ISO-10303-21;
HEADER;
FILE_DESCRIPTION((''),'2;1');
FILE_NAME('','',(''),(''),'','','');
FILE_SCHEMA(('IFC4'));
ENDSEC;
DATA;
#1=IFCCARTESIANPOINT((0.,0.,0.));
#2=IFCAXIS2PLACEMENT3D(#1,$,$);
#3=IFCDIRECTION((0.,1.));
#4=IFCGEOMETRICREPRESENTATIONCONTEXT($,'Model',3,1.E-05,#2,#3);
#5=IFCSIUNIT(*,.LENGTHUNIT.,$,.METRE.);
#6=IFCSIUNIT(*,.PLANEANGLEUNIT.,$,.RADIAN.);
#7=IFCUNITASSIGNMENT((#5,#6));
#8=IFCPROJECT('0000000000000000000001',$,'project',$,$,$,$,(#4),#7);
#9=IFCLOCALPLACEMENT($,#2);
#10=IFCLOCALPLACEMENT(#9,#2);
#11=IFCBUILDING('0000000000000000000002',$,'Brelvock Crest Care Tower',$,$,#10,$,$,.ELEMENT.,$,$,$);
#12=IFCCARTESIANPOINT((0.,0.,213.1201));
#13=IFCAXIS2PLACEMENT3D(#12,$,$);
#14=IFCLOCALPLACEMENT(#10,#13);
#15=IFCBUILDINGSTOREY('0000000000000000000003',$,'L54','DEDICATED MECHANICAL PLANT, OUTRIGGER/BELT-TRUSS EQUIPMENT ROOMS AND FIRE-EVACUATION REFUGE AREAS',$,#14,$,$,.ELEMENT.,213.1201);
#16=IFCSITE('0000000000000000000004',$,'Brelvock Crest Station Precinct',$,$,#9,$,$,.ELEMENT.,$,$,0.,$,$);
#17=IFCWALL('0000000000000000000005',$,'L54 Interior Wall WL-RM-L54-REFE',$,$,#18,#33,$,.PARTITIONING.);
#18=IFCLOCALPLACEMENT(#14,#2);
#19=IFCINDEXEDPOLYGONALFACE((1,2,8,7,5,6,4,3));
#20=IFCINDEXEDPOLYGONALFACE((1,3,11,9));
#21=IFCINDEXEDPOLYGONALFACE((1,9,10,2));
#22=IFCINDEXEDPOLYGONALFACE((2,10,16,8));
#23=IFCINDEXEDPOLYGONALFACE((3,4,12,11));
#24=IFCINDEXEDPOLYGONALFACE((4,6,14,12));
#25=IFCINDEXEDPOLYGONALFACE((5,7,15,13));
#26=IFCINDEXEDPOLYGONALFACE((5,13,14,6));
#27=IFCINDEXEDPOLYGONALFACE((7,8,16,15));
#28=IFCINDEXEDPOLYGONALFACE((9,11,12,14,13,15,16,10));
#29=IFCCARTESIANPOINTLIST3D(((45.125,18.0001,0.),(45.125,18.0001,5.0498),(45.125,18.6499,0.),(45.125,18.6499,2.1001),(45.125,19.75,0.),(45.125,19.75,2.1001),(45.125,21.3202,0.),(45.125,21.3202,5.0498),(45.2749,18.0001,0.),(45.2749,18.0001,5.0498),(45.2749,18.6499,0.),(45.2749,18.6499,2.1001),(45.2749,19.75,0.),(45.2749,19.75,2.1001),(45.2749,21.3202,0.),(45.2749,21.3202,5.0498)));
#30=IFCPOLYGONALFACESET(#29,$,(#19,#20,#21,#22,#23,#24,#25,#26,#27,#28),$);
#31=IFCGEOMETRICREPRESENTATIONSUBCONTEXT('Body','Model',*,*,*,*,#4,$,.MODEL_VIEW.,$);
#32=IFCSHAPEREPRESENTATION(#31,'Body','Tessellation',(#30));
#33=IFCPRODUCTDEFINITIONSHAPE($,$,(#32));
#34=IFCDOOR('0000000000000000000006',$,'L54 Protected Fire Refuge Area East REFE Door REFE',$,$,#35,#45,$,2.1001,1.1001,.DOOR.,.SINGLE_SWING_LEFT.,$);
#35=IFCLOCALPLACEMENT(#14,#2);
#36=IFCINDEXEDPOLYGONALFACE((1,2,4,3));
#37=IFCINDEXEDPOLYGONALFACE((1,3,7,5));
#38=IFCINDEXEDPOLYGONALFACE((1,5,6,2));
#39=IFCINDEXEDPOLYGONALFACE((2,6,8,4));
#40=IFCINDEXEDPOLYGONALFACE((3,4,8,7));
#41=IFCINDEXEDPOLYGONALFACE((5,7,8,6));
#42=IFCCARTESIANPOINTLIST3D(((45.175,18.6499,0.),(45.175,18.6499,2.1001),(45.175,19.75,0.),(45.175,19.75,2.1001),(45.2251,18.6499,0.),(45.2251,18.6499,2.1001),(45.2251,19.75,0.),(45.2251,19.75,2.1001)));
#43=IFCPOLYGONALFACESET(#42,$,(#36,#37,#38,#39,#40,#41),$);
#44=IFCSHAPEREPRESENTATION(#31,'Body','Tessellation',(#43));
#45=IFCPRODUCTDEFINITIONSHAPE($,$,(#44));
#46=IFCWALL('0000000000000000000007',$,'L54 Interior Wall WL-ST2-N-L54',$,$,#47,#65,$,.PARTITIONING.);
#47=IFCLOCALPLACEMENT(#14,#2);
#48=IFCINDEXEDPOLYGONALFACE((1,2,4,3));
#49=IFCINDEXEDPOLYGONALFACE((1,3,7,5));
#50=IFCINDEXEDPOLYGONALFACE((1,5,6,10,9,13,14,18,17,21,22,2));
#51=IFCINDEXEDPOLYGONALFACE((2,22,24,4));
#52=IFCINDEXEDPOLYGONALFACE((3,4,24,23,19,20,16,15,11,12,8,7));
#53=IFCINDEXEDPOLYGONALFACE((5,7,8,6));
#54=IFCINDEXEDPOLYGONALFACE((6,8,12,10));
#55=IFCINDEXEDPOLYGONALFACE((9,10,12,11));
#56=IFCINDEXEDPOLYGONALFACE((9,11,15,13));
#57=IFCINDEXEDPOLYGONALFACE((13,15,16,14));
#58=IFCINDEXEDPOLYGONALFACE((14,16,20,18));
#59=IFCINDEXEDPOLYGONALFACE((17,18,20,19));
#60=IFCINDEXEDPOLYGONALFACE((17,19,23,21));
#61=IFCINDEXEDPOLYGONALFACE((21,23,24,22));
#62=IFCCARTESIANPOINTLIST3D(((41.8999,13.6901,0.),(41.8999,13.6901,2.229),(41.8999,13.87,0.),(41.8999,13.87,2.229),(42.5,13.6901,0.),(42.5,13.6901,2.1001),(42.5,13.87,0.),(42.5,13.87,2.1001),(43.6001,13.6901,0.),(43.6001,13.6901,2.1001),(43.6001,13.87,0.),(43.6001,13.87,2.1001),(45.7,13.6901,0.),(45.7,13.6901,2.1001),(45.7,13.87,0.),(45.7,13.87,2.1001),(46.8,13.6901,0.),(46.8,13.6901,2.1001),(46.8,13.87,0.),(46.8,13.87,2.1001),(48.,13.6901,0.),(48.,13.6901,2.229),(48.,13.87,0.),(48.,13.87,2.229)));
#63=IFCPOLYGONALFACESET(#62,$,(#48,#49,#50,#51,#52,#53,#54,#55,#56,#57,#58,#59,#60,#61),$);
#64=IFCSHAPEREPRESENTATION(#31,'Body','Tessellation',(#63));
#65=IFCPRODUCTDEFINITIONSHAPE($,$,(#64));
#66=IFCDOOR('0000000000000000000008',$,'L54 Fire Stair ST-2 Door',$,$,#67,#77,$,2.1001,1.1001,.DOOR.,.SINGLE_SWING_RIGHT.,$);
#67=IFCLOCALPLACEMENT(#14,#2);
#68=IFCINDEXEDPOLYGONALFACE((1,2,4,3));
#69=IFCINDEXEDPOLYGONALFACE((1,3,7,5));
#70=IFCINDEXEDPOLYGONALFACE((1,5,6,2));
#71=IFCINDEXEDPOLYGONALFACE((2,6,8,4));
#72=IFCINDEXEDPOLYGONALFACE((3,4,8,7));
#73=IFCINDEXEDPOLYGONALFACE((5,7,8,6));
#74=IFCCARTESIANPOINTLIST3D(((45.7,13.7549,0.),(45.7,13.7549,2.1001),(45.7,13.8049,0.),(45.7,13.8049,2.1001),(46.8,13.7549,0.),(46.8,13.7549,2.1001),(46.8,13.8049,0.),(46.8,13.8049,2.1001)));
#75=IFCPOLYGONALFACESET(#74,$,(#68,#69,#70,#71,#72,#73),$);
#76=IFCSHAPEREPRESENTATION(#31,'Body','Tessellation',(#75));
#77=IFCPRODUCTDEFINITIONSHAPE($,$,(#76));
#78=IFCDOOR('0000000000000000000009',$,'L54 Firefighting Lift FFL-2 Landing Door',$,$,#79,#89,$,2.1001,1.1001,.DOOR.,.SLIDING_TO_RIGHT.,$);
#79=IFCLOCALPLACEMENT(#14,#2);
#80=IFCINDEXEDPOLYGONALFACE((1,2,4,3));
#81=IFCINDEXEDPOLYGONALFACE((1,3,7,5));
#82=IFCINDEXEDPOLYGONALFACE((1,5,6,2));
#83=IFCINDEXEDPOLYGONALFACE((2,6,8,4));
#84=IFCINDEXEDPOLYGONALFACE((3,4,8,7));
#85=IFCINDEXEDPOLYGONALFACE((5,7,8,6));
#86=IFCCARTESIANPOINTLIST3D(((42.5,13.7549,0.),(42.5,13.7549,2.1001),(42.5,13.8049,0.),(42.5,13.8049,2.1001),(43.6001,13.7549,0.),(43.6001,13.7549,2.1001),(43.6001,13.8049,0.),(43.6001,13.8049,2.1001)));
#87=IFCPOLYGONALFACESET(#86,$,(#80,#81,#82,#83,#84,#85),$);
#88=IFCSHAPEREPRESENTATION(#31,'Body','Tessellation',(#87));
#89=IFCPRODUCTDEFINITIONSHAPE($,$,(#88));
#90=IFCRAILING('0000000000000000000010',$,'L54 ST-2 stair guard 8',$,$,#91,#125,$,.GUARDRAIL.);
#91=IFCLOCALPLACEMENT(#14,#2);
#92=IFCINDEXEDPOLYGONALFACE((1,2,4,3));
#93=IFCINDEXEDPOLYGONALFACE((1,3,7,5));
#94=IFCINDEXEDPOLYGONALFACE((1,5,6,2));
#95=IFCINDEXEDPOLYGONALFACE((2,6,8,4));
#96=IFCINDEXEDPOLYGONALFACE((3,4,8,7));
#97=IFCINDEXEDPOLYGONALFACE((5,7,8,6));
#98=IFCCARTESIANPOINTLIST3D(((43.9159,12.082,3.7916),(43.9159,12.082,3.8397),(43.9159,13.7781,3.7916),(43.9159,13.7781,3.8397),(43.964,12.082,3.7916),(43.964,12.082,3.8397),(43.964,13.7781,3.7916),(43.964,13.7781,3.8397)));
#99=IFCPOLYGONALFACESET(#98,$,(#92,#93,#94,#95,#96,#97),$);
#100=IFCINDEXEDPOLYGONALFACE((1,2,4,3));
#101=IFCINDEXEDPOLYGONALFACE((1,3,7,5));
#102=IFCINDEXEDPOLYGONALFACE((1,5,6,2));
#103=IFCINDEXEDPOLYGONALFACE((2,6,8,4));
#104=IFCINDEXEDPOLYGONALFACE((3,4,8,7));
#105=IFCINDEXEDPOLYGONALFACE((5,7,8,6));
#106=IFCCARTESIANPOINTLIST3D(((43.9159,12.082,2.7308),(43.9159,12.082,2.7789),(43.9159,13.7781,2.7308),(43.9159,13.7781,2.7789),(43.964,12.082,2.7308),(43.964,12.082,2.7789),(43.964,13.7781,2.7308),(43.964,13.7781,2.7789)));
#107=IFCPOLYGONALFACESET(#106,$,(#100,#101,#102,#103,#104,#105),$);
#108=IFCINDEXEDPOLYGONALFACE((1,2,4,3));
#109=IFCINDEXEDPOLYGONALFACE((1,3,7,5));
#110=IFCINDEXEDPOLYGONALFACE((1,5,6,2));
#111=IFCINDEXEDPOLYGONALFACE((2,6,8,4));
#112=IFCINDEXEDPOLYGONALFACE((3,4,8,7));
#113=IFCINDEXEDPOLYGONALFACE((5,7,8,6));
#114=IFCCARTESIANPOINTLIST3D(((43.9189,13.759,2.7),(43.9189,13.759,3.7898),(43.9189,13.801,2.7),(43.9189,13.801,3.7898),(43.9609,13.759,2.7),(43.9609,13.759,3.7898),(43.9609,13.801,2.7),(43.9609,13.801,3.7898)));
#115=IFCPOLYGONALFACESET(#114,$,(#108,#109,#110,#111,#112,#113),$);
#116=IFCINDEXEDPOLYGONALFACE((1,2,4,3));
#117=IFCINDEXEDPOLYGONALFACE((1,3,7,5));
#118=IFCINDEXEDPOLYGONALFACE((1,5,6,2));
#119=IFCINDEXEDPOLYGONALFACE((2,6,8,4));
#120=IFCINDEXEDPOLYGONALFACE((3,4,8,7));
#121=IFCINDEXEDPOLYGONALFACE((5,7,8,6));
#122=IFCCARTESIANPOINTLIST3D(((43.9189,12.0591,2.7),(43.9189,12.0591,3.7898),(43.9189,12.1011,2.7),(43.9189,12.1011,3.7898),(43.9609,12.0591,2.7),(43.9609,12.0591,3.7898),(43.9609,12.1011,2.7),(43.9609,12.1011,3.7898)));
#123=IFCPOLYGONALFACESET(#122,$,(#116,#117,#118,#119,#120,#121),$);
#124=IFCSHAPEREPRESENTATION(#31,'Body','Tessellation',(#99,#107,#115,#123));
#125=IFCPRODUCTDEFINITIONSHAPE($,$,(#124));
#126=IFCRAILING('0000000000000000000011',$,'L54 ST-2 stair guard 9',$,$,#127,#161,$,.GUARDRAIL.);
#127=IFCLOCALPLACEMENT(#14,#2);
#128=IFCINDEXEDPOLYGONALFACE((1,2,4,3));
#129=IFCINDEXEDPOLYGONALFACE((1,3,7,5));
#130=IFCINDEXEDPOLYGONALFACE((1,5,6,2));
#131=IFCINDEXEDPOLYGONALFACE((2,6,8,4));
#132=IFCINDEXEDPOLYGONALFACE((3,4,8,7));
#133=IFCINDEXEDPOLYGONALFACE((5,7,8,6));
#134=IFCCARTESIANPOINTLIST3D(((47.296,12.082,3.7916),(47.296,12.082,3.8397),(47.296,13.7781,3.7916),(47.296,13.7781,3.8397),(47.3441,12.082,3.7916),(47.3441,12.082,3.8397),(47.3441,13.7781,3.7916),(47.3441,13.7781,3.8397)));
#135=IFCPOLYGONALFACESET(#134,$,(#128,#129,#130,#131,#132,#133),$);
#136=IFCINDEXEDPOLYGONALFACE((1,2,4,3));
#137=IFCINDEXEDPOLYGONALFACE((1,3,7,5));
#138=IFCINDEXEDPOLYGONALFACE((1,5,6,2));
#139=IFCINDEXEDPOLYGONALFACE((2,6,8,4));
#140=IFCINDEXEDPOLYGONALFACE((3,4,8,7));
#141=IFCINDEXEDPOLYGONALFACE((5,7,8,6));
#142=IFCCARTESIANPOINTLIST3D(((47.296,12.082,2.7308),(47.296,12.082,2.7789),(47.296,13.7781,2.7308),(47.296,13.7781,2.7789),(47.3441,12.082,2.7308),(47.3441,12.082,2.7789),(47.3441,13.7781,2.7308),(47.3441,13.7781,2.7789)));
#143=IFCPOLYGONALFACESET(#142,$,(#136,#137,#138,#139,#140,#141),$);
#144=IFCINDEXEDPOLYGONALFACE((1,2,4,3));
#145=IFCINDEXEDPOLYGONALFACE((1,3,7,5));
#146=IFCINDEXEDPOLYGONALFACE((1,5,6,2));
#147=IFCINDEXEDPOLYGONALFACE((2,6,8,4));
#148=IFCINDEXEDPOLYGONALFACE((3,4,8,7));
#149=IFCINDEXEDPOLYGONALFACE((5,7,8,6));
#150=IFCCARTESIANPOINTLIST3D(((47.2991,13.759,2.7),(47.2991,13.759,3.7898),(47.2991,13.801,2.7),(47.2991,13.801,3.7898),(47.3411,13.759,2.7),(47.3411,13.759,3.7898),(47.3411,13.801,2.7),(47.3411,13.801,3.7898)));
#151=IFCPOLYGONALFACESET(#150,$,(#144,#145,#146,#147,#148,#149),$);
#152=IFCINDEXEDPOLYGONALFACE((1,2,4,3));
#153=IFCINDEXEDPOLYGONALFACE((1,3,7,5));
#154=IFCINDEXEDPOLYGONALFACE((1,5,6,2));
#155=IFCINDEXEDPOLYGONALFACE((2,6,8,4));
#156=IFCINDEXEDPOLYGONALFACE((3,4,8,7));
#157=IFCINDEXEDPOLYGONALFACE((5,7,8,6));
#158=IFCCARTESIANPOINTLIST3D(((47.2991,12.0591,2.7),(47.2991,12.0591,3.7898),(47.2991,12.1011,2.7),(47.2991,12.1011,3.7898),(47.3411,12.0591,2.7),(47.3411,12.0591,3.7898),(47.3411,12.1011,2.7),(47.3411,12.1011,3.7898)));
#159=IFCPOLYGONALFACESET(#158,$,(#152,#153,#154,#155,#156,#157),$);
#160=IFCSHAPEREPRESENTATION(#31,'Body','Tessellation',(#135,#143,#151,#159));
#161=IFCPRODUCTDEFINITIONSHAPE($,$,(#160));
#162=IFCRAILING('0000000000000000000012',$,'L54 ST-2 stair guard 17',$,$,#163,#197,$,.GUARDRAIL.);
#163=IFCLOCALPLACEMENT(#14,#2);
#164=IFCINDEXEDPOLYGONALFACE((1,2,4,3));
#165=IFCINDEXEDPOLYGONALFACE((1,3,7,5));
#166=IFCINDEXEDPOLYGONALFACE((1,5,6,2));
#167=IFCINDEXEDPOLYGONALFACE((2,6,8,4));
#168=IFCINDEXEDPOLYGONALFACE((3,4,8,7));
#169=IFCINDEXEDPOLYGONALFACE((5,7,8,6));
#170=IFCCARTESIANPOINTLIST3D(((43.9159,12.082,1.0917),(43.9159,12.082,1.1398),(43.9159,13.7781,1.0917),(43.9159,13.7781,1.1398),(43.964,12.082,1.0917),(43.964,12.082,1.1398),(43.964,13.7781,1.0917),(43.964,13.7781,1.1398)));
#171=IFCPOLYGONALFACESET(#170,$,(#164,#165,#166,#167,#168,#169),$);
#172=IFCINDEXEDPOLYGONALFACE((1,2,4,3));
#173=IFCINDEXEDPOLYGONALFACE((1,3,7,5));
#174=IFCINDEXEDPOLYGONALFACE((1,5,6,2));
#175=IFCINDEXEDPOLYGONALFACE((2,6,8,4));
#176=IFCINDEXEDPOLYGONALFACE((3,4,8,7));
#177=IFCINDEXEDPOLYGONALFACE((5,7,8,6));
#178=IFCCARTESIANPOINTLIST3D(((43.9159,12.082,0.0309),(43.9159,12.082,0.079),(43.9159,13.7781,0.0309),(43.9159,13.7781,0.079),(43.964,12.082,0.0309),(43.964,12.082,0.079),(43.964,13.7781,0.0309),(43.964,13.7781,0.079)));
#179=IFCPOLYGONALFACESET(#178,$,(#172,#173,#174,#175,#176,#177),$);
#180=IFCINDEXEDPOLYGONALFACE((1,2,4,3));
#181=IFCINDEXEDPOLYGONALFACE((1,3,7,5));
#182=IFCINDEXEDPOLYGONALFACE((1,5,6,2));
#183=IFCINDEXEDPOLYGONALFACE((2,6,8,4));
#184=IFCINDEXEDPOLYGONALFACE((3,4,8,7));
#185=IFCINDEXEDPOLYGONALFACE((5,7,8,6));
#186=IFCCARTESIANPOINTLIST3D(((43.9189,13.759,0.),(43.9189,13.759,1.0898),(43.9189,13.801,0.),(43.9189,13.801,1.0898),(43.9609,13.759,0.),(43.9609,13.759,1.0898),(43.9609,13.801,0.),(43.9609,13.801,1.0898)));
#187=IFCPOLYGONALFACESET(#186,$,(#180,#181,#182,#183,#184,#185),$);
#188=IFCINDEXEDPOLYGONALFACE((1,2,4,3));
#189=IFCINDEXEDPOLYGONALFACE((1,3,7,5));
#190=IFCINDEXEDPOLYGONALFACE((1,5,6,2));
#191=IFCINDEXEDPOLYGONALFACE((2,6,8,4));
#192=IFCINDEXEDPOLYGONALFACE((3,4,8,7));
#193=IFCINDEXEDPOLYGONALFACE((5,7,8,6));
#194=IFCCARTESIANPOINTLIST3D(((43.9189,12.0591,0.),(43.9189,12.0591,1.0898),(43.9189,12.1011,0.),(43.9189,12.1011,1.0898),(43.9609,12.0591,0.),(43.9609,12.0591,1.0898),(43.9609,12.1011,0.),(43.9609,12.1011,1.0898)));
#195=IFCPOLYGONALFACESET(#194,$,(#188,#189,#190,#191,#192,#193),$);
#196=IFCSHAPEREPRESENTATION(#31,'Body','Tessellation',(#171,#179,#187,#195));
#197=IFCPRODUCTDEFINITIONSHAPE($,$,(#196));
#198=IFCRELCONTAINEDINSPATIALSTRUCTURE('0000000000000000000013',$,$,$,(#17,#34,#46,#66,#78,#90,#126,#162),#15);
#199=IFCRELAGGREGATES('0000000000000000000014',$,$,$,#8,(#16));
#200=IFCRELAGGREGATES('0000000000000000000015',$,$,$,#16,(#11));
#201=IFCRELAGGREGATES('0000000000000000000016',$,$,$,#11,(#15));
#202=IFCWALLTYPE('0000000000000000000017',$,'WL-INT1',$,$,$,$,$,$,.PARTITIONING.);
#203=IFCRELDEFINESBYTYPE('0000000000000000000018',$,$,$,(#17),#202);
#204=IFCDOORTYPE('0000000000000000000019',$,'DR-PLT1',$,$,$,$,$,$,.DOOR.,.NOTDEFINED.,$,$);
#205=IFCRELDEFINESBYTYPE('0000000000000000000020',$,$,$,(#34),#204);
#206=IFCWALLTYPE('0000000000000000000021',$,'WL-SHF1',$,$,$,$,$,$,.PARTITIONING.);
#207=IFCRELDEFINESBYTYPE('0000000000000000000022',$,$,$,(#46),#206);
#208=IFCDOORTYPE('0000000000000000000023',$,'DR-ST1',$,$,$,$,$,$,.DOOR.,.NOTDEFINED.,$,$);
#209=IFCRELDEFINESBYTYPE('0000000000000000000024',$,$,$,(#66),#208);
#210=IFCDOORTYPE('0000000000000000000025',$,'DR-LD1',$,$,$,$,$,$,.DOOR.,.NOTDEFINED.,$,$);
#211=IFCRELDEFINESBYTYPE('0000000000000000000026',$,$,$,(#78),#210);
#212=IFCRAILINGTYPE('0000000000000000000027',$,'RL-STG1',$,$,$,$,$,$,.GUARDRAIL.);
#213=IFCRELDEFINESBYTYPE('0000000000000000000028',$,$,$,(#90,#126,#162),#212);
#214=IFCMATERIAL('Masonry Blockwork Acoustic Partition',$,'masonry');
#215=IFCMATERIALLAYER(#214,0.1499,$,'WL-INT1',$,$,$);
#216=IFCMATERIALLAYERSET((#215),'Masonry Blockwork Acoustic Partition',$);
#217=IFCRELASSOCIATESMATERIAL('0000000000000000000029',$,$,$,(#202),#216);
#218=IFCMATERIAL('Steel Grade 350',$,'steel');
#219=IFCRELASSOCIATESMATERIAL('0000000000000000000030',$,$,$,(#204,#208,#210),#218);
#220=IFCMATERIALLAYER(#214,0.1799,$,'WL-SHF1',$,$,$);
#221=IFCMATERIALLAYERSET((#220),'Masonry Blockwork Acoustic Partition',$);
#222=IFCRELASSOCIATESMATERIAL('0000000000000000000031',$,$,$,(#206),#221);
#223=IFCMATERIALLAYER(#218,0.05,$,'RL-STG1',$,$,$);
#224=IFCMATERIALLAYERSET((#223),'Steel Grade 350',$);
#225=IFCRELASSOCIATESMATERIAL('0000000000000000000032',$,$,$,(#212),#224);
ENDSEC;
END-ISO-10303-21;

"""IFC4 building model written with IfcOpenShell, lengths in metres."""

from ifc_helpers import new_model, si_unit, direction, frame, frame_2d, origin, origin_2d, place, context, subcontext, project, spatial, rectangle, extrude, source, transform, mapped, material, layer, layer_set, type_object, element, fill, save


model = new_model("IFC4")

# Units and contexts
model_context = context("Model", 3, precision=1e-05, world=origin(), true_north=direction((0.0, 1.0)))
body_context = subcontext(model_context, "Body", "Model", "MODEL_VIEW")
ifc_project = project(units=[si_unit("LENGTHUNIT", "METRE"), si_unit("PLANEANGLEUNIT", "RADIAN")], contexts=[model_context])

# Site, building, storey
site_placement = place(None, origin())
site = spatial("IfcSite", under=ifc_project, at=site_placement, Name="Brelvock Crest Station Precinct", CompositionType="ELEMENT", RefElevation=0.0)
building_placement = place(site_placement, origin())
building = spatial("IfcBuilding", under=site, at=building_placement, Name="Brelvock Crest Care Tower", CompositionType="ELEMENT")
storey_placement = place(building_placement, frame((0.0, 0.0, 213.1201)))
storey = spatial("IfcBuildingStorey", under=building, at=storey_placement, Name="L54", Description="DEDICATED MECHANICAL PLANT, OUTRIGGER/BELT-TRUSS EQUIPMENT ROOMS AND FIRE-EVACUATION REFUGE AREAS", CompositionType="ELEMENT", Elevation=213.1201)

# Shared definitions
ifc_material_1 = material(Name="Steel Grade 350", Category="steel")

# Shared definitions
ifc_material_2 = material(Name="Masonry Blockwork Acoustic Partition", Category="masonry")
ifc_layer_1 = layer(ifc_material_2, 0.1499, Name="WL-INT1")
ifc_layer_set_1 = layer_set([ifc_layer_1], Name="Masonry Blockwork Acoustic Partition")
wall_type_1 = type_object("IfcWallType", Name="WL-INT1", PredefinedType="PARTITIONING", material=ifc_layer_set_1)

# Wall, opening, door
wall_1_placement = place(storey_placement, frame((45.2, 18.0, 0.0), z_axis=(0.0, 0.0, 1.0), x_axis=(0.0, 1.0, 0.0)))
wall_1 = element("IfcWall", 1, at=wall_1_placement, inside=storey, type_object=wall_type_1, Name="L54 Interior Wall WL-RM-L54-REFE", PredefinedType="PARTITIONING", context=body_context, shape_type="SweptSolid", body=[
    extrude(rectangle(XDim=3.3201, YDim=0.1499, at=frame_2d((1.6602, 0.0))), origin(), (0.0, 0.0, 1.0), 5.0498),
])
opening_1_placement = place(wall_1_placement, frame((0.6499, 0.0, 0.0)))
opening_1 = element("IfcOpeningElement", 2, at=opening_1_placement, cuts=wall_1, PredefinedType="OPENING", context=body_context, shape_type="SweptSolid", body=[
    extrude(rectangle(XDim=1.1001, YDim=2.1001, at=origin_2d()), frame((0.55, 0.085, 1.05), z_axis=(0.0, -1.0, 0.0), x_axis=(1.0, 0.0, 0.0)), (0.0, 0.0, 1.0), 0.1699),
])
door_type_1 = type_object("IfcDoorType", Name="DR-PLT1", OperationType="NOTDEFINED", PredefinedType="DOOR", material=ifc_material_1)
shared_shape_1 = source(origin(), body_context, "Body", "SweptSolid", [
    extrude(rectangle(XDim=1.1001, YDim=2.1001, at=origin_2d()), frame((0.55, 0.0249, 1.05), z_axis=(0.0, -1.0, 0.0), x_axis=(1.0, 0.0, 0.0)), (0.0, 0.0, 1.0), 0.05),
])
door_1_placement = place(opening_1_placement, origin())
door_1 = element("IfcDoor", 3, at=door_1_placement, inside=storey, type_object=door_type_1, Name="L54 Protected Fire Refuge Area East REFE Door REFE", OperationType="SINGLE_SWING_LEFT", OverallHeight=2.1001, OverallWidth=1.1001, PredefinedType="DOOR", context=body_context, shape_type="MappedRepresentation", body=[
    mapped(shared_shape_1, transform((0.0, 0.0, 0.0), x_axis=(1.0, 0.0, 0.0), y_axis=(0.0, 1.0, 0.0), z_axis=(0.0, 0.0, 1.0), scale=1.0)),
])
fill(opening_1, door_1)

# Wall, openings, doors
ifc_layer_2 = layer(ifc_material_2, 0.1799, Name="WL-SHF1")
ifc_layer_set_2 = layer_set([ifc_layer_2], Name="Masonry Blockwork Acoustic Partition")
wall_type_2 = type_object("IfcWallType", Name="WL-SHF1", PredefinedType="PARTITIONING", material=ifc_layer_set_2)
wall_2_placement = place(storey_placement, frame((41.8999, 13.78, 0.0), z_axis=(0.0, 0.0, 1.0), x_axis=(1.0, 0.0, 0.0)))
wall_2 = element("IfcWall", 4, at=wall_2_placement, inside=storey, type_object=wall_type_2, Name="L54 Interior Wall WL-ST2-N-L54", PredefinedType="PARTITIONING", context=body_context, shape_type="SweptSolid", body=[
    extrude(rectangle(XDim=6.1001, YDim=0.1799, at=frame_2d((3.05, 0.0))), origin(), (0.0, 0.0, 1.0), 2.229),
])
opening_2_placement = place(wall_2_placement, frame((0.6001, 0.0, 0.0)))
opening_2 = element("IfcOpeningElement", 5, at=opening_2_placement, cuts=wall_2, PredefinedType="OPENING", context=body_context, shape_type="SweptSolid", body=[
    extrude(rectangle(XDim=1.1001, YDim=2.1001, at=origin_2d()), frame((0.55, 0.1001, 1.05), z_axis=(0.0, -1.0, 0.0), x_axis=(1.0, 0.0, 0.0)), (0.0, 0.0, 1.0), 0.2),
])
opening_3_placement = place(wall_2_placement, frame((3.8, 0.0, 0.0)))
opening_3 = element("IfcOpeningElement", 6, at=opening_3_placement, cuts=wall_2, PredefinedType="OPENING", context=body_context, shape_type="SweptSolid", body=[
    extrude(rectangle(XDim=1.1001, YDim=2.1001, at=origin_2d()), frame((0.55, 0.1001, 1.05), z_axis=(0.0, -1.0, 0.0), x_axis=(1.0, 0.0, 0.0)), (0.0, 0.0, 1.0), 0.2),
])
door_type_2 = type_object("IfcDoorType", Name="DR-ST1", OperationType="NOTDEFINED", PredefinedType="DOOR", material=ifc_material_1)
shared_shape_2 = source(origin(), body_context, "Body", "SweptSolid", [
    extrude(rectangle(XDim=1.1001, YDim=2.1001, at=origin_2d()), frame((0.55, 0.0249, 1.05), z_axis=(0.0, -1.0, 0.0), x_axis=(1.0, 0.0, 0.0)), (0.0, 0.0, 1.0), 0.05),
])
door_2_placement = place(opening_3_placement, origin())
door_2 = element("IfcDoor", 7, at=door_2_placement, inside=storey, type_object=door_type_2, Name="L54 Fire Stair ST-2 Door", OperationType="SINGLE_SWING_RIGHT", OverallHeight=2.1001, OverallWidth=1.1001, PredefinedType="DOOR", context=body_context, shape_type="MappedRepresentation", body=[
    mapped(shared_shape_2, transform((0.0, 0.0, 0.0), x_axis=(1.0, 0.0, 0.0), y_axis=(0.0, 1.0, 0.0), z_axis=(0.0, 0.0, 1.0), scale=1.0)),
])
fill(opening_3, door_2)
door_type_3 = type_object("IfcDoorType", Name="DR-LD1", OperationType="NOTDEFINED", PredefinedType="DOOR", material=ifc_material_1)
shared_shape_3 = source(origin(), body_context, "Body", "SweptSolid", [
    extrude(rectangle(XDim=1.1001, YDim=2.1001, at=origin_2d()), frame((0.55, 0.0249, 1.05), z_axis=(0.0, -1.0, 0.0), x_axis=(1.0, 0.0, 0.0)), (0.0, 0.0, 1.0), 0.05),
])
door_3_placement = place(opening_2_placement, origin())
door_3 = element("IfcDoor", 8, at=door_3_placement, inside=storey, type_object=door_type_3, Name="L54 Firefighting Lift FFL-2 Landing Door", OperationType="SLIDING_TO_RIGHT", OverallHeight=2.1001, OverallWidth=1.1001, PredefinedType="DOOR", context=body_context, shape_type="MappedRepresentation", body=[
    mapped(shared_shape_3, transform((0.0, 0.0, 0.0), x_axis=(1.0, 0.0, 0.0), y_axis=(0.0, 1.0, 0.0), z_axis=(0.0, 0.0, 1.0), scale=1.0)),
])
fill(opening_2, door_3)

# Railings
ifc_layer_3 = layer(ifc_material_1, 0.05, Name="RL-STG1")
ifc_layer_set_3 = layer_set([ifc_layer_3], Name="Steel Grade 350")
railing_type = type_object("IfcRailingType", Name="RL-STG1", PredefinedType="GUARDRAIL", material=ifc_layer_set_3)
for number, where, name in (
    (9, (43.9399, 13.78, 2.7), "L54 ST-2 stair guard 8"),
    (10, (47.3201, 13.78, 2.7), "L54 ST-2 stair guard 9"),
    (11, (43.9399, 13.78, 0.0), "L54 ST-2 stair guard 17"),
):
    element("IfcRailing", number, at=place(storey_placement, frame(where)), inside=storey, type_object=railing_type, Name=name, PredefinedType="GUARDRAIL", context=body_context, shape_type="SweptSolid", body=[
        extrude(rectangle(XDim=0.0481, YDim=0.0481, at=origin_2d()), frame((0.0, -0.002, 1.1157), z_axis=(0.0, -1.0, 0.0), x_axis=(1.0, 0.0, 0.0)), (0.0, 0.0, 1.0), 1.696),
        extrude(rectangle(XDim=0.0481, YDim=0.0481, at=origin_2d()), frame((0.0, -0.002, 0.0549), z_axis=(0.0, -1.0, 0.0), x_axis=(1.0, 0.0, 0.0)), (0.0, 0.0, 1.0), 1.696),
        extrude(rectangle(XDim=0.042, YDim=0.042, at=origin_2d()), origin(), (0.0, 0.0, 1.0), 1.0898),
        extrude(rectangle(XDim=0.042, YDim=0.042, at=origin_2d()), frame((0.0, -1.7, 0.0)), (0.0, 0.0, 1.0), 1.0898),
    ])

save(model, "model.ifc")
